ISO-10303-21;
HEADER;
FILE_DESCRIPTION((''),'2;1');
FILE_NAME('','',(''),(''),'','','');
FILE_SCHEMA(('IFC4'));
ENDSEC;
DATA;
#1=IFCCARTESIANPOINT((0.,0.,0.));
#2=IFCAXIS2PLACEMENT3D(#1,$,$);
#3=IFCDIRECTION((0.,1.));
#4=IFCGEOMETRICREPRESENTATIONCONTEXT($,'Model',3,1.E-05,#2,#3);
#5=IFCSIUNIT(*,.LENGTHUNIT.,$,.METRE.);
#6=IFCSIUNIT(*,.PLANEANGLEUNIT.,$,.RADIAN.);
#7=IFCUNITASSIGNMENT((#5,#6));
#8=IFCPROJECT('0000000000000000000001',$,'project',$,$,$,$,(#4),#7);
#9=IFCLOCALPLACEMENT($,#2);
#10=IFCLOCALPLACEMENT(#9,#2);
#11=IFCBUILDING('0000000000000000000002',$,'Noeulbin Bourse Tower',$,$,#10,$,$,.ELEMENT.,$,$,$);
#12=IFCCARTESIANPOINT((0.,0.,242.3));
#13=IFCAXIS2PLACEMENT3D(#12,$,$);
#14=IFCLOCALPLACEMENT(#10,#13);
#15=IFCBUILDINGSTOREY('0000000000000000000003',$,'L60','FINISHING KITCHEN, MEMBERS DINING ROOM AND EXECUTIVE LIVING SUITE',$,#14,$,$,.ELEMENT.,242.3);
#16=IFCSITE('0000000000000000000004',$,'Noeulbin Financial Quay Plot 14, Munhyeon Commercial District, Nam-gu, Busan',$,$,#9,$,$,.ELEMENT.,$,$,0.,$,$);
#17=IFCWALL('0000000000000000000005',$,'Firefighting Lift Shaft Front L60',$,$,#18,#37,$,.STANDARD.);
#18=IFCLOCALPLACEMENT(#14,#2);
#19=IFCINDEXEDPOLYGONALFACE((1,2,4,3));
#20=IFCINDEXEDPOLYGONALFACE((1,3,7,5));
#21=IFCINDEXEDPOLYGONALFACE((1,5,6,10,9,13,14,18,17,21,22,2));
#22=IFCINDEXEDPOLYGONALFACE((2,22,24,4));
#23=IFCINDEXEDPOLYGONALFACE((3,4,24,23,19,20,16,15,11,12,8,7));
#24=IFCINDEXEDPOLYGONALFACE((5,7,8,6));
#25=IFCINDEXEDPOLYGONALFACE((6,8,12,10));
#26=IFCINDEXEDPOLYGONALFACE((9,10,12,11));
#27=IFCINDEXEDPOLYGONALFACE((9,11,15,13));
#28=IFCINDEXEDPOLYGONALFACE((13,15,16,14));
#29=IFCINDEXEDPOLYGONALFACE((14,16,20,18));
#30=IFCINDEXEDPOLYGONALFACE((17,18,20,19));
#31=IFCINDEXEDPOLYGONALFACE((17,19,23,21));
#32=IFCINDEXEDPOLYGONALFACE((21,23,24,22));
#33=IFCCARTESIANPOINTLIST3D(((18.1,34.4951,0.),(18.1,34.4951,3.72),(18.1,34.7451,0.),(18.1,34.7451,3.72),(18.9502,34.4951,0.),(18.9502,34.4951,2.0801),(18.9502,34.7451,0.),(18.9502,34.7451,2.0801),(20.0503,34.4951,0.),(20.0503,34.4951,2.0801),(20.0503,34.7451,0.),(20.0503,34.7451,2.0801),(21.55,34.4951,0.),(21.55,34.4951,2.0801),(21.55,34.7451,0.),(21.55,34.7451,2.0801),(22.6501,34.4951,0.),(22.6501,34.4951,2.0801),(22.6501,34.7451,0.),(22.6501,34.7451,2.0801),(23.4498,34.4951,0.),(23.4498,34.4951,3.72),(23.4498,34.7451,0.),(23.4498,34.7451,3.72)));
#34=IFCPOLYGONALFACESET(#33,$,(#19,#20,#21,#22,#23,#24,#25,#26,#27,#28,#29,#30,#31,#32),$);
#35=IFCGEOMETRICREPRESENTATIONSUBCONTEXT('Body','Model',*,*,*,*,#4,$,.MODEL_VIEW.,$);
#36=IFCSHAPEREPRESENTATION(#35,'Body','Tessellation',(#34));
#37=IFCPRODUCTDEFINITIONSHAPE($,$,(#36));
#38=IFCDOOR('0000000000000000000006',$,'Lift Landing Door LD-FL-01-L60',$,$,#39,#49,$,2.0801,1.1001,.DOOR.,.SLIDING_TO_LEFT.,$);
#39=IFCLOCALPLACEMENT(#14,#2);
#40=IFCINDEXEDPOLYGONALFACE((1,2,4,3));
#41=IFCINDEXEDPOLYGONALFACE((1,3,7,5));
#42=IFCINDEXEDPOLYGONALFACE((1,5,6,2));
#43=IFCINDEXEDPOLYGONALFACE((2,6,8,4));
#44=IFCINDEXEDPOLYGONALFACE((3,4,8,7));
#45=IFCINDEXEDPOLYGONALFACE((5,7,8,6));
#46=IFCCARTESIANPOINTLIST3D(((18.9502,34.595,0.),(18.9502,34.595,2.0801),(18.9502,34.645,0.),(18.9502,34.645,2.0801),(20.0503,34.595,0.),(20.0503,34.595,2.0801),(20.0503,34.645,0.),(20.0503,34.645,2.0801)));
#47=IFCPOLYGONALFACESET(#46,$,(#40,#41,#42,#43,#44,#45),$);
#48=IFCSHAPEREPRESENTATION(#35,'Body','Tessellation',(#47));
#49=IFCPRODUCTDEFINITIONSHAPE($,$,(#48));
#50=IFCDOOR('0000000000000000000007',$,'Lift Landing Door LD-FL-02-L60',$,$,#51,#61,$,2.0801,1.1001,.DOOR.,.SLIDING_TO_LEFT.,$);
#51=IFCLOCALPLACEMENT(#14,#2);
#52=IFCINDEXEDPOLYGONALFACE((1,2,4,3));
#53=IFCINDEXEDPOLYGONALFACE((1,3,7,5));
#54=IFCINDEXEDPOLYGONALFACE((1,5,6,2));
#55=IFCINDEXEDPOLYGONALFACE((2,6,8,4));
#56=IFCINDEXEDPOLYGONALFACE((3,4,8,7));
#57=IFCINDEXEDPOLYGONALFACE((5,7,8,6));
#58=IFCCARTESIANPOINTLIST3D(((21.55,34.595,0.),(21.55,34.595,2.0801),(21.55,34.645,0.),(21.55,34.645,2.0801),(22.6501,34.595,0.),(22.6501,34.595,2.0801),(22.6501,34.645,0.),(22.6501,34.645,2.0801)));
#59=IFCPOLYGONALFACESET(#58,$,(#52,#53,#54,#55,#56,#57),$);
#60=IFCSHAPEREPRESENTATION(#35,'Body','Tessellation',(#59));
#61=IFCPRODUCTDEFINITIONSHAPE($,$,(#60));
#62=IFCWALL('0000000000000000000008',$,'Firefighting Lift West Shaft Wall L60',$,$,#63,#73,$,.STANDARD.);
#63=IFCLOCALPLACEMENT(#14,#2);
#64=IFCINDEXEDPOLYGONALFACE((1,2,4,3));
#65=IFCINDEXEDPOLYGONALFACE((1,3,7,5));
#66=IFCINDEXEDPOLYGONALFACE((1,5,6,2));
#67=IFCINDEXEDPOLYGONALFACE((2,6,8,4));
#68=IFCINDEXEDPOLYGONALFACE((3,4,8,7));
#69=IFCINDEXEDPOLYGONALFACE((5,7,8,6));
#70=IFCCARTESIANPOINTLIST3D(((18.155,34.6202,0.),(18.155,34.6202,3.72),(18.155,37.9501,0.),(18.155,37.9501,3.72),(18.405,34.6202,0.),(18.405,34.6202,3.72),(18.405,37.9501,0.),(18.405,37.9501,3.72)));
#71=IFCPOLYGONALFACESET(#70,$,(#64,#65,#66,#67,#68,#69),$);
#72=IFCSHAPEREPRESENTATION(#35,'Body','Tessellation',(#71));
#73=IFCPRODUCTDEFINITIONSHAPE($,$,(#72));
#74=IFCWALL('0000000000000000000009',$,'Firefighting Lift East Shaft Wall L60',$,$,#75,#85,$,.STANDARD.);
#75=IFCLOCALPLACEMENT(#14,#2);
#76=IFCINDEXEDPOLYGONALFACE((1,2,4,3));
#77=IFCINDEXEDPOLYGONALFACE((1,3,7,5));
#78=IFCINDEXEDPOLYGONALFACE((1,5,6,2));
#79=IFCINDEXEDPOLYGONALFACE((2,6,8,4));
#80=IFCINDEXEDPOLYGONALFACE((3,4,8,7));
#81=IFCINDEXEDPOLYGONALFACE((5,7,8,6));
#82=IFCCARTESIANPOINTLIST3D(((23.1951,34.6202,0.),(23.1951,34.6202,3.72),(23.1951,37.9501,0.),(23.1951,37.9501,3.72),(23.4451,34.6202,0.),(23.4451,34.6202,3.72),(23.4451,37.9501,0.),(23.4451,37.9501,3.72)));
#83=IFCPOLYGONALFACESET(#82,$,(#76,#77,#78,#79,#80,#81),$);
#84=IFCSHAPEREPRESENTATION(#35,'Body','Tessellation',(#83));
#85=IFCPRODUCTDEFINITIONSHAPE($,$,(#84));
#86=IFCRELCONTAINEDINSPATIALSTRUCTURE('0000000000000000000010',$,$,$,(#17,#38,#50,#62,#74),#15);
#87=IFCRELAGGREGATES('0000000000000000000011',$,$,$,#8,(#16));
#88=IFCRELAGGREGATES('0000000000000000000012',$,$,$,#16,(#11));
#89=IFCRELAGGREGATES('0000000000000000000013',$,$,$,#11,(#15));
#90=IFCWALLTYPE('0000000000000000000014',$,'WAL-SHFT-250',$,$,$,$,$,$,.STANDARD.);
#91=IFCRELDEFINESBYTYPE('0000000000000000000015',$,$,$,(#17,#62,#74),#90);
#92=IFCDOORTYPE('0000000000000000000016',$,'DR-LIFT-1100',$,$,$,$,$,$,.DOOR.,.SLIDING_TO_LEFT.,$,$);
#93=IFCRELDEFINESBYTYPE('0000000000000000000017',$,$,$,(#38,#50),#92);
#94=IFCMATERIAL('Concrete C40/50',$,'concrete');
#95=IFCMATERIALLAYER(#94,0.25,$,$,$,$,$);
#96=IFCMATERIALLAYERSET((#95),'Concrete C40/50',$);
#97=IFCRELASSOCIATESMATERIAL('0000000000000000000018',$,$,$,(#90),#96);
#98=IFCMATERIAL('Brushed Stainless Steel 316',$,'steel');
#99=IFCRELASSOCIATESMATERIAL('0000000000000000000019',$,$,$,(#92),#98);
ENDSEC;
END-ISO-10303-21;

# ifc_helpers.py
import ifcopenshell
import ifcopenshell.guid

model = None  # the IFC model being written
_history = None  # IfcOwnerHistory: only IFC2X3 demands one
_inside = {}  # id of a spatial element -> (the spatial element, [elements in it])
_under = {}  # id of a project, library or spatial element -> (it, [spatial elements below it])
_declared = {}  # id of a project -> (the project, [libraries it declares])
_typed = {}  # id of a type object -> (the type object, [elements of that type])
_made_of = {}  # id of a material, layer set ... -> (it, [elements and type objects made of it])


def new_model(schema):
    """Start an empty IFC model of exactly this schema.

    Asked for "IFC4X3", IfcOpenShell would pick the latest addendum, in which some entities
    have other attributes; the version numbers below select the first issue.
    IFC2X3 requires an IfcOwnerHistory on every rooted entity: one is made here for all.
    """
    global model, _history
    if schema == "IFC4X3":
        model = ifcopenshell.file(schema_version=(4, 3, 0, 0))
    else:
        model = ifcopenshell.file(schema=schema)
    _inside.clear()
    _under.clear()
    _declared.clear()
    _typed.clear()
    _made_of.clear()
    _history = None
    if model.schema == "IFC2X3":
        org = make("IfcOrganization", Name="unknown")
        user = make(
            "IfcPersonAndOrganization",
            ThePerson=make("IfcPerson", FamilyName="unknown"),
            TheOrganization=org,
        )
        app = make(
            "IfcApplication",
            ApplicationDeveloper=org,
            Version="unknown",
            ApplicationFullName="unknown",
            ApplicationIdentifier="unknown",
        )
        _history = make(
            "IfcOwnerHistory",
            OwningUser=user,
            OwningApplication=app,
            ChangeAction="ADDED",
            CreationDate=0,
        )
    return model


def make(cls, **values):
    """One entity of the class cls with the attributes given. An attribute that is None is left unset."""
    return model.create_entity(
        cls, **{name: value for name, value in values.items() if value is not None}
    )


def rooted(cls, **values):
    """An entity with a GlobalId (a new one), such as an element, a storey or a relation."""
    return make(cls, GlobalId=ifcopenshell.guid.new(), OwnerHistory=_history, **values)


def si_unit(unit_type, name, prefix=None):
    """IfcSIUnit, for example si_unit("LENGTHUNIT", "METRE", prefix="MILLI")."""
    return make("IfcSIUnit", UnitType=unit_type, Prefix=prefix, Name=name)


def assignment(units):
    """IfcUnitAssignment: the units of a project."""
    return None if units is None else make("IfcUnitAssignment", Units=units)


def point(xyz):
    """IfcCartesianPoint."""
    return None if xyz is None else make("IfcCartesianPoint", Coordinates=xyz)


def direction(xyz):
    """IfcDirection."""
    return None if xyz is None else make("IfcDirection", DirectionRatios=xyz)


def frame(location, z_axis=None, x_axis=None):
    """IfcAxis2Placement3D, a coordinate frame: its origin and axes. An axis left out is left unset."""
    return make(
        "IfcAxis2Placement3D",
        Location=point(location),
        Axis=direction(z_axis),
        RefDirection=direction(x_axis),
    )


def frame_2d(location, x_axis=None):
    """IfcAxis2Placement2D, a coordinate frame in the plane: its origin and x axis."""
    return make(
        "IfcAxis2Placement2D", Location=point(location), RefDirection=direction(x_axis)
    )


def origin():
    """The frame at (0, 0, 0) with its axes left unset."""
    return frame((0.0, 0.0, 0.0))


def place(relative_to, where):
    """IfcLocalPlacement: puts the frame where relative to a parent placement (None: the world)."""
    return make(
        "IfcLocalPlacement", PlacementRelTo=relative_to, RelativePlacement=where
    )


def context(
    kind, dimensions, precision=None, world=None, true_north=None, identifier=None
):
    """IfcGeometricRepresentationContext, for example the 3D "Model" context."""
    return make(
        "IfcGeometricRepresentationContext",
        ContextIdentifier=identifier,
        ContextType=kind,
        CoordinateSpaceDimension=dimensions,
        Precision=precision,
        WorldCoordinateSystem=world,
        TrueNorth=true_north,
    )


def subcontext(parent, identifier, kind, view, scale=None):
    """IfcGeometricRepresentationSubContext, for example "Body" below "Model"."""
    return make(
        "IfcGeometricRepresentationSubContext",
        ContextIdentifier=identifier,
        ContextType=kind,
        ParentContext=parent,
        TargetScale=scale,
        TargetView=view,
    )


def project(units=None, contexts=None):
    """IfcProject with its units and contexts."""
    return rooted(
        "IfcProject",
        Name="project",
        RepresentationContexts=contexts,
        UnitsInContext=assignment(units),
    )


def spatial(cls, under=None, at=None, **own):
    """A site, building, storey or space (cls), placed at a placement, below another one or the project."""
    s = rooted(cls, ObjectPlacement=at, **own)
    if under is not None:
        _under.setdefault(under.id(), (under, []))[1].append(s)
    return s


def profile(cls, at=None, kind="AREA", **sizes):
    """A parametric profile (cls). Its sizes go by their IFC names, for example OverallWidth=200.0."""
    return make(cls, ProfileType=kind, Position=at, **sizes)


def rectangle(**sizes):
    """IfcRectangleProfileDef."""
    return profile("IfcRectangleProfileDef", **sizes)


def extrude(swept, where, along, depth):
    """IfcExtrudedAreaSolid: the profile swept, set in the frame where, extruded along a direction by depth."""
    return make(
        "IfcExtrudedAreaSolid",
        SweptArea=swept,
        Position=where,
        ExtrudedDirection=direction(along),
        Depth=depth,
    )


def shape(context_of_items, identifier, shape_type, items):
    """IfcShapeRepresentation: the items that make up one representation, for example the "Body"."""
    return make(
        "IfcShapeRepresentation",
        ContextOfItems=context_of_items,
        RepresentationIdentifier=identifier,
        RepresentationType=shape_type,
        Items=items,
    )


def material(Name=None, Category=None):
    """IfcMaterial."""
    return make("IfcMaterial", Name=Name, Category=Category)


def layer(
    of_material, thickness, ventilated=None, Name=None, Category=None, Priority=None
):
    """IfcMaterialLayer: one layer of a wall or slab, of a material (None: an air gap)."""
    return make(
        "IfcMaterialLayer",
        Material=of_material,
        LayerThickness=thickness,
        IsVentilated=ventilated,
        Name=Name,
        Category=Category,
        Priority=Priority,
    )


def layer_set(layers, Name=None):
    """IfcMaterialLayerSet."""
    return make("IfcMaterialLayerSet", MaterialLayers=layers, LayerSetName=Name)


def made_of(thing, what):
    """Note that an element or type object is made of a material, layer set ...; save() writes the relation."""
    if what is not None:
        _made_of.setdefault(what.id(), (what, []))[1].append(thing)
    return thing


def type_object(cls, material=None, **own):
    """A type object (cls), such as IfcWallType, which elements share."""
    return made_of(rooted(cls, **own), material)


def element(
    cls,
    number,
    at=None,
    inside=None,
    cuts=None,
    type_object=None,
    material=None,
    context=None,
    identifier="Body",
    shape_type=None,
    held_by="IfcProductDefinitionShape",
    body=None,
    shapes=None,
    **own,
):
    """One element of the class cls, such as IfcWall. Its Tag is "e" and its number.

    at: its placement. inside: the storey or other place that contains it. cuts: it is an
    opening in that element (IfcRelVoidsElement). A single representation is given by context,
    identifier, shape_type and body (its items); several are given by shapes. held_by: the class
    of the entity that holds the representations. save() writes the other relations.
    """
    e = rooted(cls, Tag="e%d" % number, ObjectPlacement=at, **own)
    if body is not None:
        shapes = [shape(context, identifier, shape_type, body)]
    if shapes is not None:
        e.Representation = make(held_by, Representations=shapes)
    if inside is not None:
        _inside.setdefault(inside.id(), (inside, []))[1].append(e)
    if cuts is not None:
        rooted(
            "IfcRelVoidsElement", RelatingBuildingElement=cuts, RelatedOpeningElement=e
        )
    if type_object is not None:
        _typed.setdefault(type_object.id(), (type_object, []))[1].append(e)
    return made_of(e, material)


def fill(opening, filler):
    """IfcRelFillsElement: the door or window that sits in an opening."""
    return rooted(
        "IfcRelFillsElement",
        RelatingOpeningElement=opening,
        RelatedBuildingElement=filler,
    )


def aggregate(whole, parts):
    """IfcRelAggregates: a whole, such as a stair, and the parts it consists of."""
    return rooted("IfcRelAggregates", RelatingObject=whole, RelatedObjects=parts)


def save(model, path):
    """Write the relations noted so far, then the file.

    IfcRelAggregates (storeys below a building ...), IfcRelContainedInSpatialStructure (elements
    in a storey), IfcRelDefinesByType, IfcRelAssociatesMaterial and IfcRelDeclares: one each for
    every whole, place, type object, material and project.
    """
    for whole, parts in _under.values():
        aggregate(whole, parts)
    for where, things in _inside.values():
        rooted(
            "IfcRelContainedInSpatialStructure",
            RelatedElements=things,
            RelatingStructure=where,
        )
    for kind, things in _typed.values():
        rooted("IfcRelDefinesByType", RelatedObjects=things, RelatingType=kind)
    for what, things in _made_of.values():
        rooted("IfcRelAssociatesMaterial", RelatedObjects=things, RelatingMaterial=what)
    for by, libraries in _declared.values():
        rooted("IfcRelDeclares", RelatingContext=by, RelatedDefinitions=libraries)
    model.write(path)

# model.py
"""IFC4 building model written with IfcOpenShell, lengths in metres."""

from ifc_helpers import new_model, si_unit, direction, frame, frame_2d, origin, place, context, subcontext, project, spatial, rectangle, extrude, material, layer, layer_set, type_object, element, fill, save


model = new_model("IFC4")

# Units and contexts
model_context = context("Model", 3, precision=1e-05, world=origin(), true_north=direction((0.0, 1.0)))
body_context = subcontext(model_context, "Body", "Model", "MODEL_VIEW")
ifc_project = project(units=[si_unit("LENGTHUNIT", "METRE"), si_unit("PLANEANGLEUNIT", "RADIAN")], contexts=[model_context])

# Site, building, storey
site_placement = place(None, origin())
site = spatial("IfcSite", under=ifc_project, at=site_placement, Name="Noeulbin Financial Quay Plot 14, Munhyeon Commercial District, Nam-gu, Busan", CompositionType="ELEMENT", RefElevation=0.0)
building_placement = place(site_placement, origin())
building = spatial("IfcBuilding", under=site, at=building_placement, Name="Noeulbin Bourse Tower", CompositionType="ELEMENT")
storey_placement = place(building_placement, frame((0.0, 0.0, 242.3)))
storey = spatial("IfcBuildingStorey", under=building, at=storey_placement, Name="L60", Description="FINISHING KITCHEN, MEMBERS DINING ROOM AND EXECUTIVE LIVING SUITE", CompositionType="ELEMENT", Elevation=242.3)

# Shared definitions
ifc_material_1 = material(Name="Concrete C40/50", Category="concrete")

# Wall, openings, doors
ifc_layer_1 = layer(ifc_material_1, 0.25)
ifc_layer_set_1 = layer_set([ifc_layer_1], Name="Concrete C40/50")
wall_type_1 = type_object("IfcWallType", Name="WAL-SHFT-250", PredefinedType="STANDARD", material=ifc_layer_set_1)
wall_1_placement = place(storey_placement, frame((18.1001, 34.6201, 0.0), z_axis=(0.0, 0.0, 1.0), x_axis=(1.0, 0.0, 0.0)))
wall_1 = element("IfcWall", 1, at=wall_1_placement, inside=storey, type_object=wall_type_1, Name="Firefighting Lift Shaft Front L60", PredefinedType="STANDARD", context=body_context, shape_type="SweptSolid", body=[
    extrude(rectangle(XDim=5.3499, YDim=0.25, at=frame_2d((2.6748, 0.0))), origin(), (0.0, 0.0, 1.0), 3.72),
])
opening_1_placement = place(wall_1_placement, frame((0.8501, 0.0, 0.0)))
opening_1 = element("IfcOpeningElement", 2, at=opening_1_placement, cuts=wall_1, PredefinedType="OPENING", context=body_context, shape_type="SweptSolid", body=[
    extrude(rectangle(XDim=1.1001, YDim=2.0801, at=frame_2d((0.55, 1.04))), frame((0.0, 0.135, 0.0), z_axis=(0.0, -1.0, 0.0), x_axis=(1.0, 0.0, 0.0)), (0.0, 0.0, 1.0), 0.27),
])
opening_2_placement = place(wall_1_placement, frame((3.45, 0.0, 0.0)))
opening_2 = element("IfcOpeningElement", 3, at=opening_2_placement, cuts=wall_1, PredefinedType="OPENING", context=body_context, shape_type="SweptSolid", body=[
    extrude(rectangle(XDim=1.1001, YDim=2.0801, at=frame_2d((0.55, 1.04))), frame((0.0, 0.135, 0.0), z_axis=(0.0, -1.0, 0.0), x_axis=(1.0, 0.0, 0.0)), (0.0, 0.0, 1.0), 0.27),
])
ifc_material_2 = material(Name="Brushed Stainless Steel 316", Category="steel")
door_type_1 = type_object("IfcDoorType", Name="DR-LIFT-1100", OperationType="SLIDING_TO_LEFT", PredefinedType="DOOR", material=ifc_material_2)
door_1_placement = place(opening_1_placement, origin())
door_1 = element("IfcDoor", 4, at=door_1_placement, inside=storey, type_object=door_type_1, Name="Lift Landing Door LD-FL-01-L60", OperationType="SLIDING_TO_LEFT", OverallHeight=2.0801, OverallWidth=1.1001, PredefinedType="DOOR", context=body_context, shape_type="SweptSolid", body=[
    extrude(rectangle(XDim=1.1001, YDim=2.0801, at=frame_2d((0.55, 1.04))), frame((0.0, 0.0249, 0.0), z_axis=(0.0, -1.0, 0.0), x_axis=(1.0, 0.0, 0.0)), (0.0, 0.0, 1.0), 0.05),
])
fill(opening_1, door_1)
door_2_placement = place(opening_2_placement, origin())
door_2 = element("IfcDoor", 5, at=door_2_placement, inside=storey, type_object=door_type_1, Name="Lift Landing Door LD-FL-02-L60", OperationType="SLIDING_TO_LEFT", OverallHeight=2.0801, OverallWidth=1.1001, PredefinedType="DOOR", context=body_context, shape_type="SweptSolid", body=[
    extrude(rectangle(XDim=1.1001, YDim=2.0801, at=frame_2d((0.55, 1.04))), frame((0.0, 0.0249, 0.0), z_axis=(0.0, -1.0, 0.0), x_axis=(1.0, 0.0, 0.0)), (0.0, 0.0, 1.0), 0.05),
])
fill(opening_2, door_2)

# Walls
for number, where, z_axis, x_axis, name in (
    (6, (18.28, 34.6201, 0.0), (0.0, 0.0, 1.0), (0.0, 1.0, 0.0), "Firefighting Lift West Shaft Wall L60"),
    (7, (23.3201, 34.6201, 0.0), (0.0, 0.0, 1.0), (0.0, 1.0, 0.0), "Firefighting Lift East Shaft Wall L60"),
):
    element("IfcWall", number, at=place(storey_placement, frame(where, z_axis=z_axis, x_axis=x_axis)), inside=storey, type_object=wall_type_1, Name=name, PredefinedType="STANDARD", context=body_context, shape_type="SweptSolid", body=[
        extrude(rectangle(XDim=3.3298, YDim=0.25, at=frame_2d((1.665, 0.0))), origin(), (0.0, 0.0, 1.0), 3.72),
    ])

save(model, "model.ifc")
